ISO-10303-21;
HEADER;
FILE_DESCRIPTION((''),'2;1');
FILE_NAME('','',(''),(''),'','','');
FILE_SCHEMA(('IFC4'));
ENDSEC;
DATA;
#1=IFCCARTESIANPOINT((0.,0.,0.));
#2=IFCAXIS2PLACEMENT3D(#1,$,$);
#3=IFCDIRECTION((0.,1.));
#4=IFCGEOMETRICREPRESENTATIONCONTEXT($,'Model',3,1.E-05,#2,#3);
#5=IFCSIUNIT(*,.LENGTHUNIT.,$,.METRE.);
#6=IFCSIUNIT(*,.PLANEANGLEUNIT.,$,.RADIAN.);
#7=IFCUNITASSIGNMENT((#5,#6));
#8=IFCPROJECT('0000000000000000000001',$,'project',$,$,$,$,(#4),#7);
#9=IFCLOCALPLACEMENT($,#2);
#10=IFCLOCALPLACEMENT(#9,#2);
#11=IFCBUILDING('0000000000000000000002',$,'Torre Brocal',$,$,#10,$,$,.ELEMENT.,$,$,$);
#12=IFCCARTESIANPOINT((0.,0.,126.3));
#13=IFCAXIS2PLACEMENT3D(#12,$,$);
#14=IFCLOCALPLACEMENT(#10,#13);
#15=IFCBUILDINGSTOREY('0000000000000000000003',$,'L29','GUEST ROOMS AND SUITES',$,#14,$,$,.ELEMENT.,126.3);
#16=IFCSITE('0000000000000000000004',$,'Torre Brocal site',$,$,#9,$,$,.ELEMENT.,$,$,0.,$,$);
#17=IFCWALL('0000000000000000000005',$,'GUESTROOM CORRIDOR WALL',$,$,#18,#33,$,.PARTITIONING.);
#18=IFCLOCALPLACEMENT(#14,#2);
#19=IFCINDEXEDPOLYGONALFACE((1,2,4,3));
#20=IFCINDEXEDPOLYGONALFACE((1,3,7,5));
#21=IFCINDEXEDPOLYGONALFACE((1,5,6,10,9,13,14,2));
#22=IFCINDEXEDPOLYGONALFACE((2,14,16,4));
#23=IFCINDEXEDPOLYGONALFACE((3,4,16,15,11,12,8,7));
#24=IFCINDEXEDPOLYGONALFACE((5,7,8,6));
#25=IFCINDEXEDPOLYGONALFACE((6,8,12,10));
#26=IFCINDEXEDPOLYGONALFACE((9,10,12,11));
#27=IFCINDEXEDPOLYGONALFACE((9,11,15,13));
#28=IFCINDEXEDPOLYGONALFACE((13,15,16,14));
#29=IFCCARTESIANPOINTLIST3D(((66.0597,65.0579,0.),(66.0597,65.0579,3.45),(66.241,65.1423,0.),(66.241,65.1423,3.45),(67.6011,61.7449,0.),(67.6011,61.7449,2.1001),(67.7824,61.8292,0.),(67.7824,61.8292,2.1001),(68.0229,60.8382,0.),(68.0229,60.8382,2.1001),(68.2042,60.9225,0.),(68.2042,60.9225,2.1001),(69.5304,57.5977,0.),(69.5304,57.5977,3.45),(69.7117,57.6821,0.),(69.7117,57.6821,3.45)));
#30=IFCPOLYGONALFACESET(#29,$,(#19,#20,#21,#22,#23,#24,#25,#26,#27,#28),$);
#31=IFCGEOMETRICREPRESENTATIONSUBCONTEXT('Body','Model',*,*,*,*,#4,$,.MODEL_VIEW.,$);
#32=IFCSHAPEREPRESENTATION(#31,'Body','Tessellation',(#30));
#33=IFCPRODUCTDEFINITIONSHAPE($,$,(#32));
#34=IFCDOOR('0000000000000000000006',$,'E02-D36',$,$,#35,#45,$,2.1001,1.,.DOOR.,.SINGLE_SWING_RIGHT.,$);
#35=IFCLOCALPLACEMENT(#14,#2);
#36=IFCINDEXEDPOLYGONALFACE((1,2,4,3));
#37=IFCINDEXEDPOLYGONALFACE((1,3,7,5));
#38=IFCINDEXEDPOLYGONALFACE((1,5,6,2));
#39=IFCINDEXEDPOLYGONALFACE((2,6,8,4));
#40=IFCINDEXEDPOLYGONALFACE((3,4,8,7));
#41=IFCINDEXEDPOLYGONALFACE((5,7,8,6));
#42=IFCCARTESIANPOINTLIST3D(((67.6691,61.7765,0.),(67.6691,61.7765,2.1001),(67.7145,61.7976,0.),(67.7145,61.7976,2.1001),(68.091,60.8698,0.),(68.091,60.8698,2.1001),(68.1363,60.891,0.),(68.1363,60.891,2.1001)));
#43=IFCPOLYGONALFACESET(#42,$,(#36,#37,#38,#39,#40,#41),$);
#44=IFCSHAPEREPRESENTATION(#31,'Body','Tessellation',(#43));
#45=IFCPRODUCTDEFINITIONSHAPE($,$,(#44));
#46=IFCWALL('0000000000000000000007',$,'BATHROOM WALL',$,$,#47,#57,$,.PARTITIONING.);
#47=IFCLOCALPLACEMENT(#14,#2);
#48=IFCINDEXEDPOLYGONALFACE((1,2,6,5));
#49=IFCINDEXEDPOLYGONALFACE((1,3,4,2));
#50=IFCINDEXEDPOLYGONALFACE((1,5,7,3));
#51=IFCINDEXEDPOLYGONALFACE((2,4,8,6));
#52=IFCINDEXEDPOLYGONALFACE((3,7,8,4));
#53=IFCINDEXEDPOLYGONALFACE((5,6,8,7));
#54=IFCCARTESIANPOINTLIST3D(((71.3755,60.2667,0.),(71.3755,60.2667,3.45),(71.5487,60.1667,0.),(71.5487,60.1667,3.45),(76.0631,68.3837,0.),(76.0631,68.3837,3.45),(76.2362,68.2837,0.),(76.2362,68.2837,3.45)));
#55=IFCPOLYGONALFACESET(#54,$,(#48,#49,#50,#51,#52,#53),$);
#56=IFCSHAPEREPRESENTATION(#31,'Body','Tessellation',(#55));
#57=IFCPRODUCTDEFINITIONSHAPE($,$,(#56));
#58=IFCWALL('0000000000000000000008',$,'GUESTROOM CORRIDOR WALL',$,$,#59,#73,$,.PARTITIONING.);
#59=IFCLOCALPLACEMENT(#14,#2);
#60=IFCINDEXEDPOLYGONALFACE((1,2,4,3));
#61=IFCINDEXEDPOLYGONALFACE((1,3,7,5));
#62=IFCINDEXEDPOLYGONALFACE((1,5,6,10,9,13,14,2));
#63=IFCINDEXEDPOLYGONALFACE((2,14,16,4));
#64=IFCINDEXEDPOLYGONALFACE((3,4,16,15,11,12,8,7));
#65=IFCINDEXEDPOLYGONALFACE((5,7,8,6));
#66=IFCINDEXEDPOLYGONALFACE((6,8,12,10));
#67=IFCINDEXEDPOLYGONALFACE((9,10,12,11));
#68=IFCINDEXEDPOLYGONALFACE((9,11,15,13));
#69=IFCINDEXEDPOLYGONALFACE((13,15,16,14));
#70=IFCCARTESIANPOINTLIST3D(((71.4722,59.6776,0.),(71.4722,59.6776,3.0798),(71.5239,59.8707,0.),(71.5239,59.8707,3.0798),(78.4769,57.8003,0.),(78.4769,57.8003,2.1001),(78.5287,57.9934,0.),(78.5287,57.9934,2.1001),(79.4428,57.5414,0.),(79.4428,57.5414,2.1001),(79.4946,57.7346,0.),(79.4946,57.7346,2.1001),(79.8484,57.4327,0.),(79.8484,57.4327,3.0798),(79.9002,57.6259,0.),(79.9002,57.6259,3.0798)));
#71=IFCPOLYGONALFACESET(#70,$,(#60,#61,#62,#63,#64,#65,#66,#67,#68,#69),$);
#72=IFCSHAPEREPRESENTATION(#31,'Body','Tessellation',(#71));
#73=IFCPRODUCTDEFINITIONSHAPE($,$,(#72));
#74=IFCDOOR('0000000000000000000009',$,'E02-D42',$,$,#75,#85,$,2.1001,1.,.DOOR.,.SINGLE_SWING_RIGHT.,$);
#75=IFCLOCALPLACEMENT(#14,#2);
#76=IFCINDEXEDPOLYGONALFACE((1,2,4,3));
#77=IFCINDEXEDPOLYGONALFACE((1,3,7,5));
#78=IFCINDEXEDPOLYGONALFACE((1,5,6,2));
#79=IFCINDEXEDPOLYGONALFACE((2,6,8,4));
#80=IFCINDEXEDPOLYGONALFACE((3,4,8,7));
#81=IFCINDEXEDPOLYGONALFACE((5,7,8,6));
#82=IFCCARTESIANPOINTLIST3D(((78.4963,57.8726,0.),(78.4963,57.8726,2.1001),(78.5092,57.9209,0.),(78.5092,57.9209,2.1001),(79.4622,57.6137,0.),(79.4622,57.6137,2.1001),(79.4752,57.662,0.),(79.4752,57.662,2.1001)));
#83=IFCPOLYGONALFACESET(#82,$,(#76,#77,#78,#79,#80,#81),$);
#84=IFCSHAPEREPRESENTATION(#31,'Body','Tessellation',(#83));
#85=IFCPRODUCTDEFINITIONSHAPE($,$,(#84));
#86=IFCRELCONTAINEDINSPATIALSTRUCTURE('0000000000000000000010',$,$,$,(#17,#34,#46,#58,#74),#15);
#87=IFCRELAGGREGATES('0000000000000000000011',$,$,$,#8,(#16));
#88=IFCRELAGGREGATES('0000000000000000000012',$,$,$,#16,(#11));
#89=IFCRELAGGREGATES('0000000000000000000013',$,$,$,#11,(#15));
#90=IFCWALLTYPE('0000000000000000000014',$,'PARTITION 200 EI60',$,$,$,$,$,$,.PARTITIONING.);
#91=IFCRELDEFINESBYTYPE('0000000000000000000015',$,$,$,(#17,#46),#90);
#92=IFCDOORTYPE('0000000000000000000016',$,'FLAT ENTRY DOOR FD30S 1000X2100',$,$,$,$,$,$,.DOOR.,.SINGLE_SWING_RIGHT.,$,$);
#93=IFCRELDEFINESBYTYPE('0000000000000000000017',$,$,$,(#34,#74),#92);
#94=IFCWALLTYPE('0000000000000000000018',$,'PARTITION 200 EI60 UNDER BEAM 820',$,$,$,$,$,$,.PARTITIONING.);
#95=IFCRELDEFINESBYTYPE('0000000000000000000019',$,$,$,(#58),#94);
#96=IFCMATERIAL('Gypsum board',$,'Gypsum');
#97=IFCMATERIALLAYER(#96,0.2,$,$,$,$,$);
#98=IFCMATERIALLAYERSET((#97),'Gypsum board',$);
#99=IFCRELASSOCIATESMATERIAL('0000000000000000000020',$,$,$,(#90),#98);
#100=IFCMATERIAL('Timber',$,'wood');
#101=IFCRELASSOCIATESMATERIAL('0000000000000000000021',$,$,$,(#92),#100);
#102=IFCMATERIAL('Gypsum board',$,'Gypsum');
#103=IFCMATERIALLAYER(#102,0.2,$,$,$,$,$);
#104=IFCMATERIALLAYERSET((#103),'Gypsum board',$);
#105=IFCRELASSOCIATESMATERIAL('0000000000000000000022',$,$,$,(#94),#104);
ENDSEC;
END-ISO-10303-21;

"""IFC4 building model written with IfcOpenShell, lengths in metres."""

from ifc_helpers import new_model, si_unit, direction, frame, frame_2d, origin, place, context, subcontext, project, spatial, rectangle, extrude, material, layer, layer_set, type_object, element, fill, save


model = new_model("IFC4")

# Units and contexts
model_context = context("Model", 3, precision=1e-05, world=origin(), true_north=direction((0.0, 1.0)))
body_context = subcontext(model_context, "Body", "Model", "MODEL_VIEW")
ifc_project = project(units=[si_unit("LENGTHUNIT", "METRE"), si_unit("PLANEANGLEUNIT", "RADIAN")], contexts=[model_context])

# Site, building, storey
site_placement = place(None, origin())
site = spatial("IfcSite", under=ifc_project, at=site_placement, Name="Torre Brocal site", CompositionType="ELEMENT", RefElevation=0.0)
building_placement = place(site_placement, origin())
building = spatial("IfcBuilding", under=site, at=building_placement, Name="Torre Brocal", CompositionType="ELEMENT")
storey_placement = place(building_placement, frame((0.0, 0.0, 126.3)))
storey = spatial("IfcBuildingStorey", under=building, at=storey_placement, Name="L29", Description="GUEST ROOMS AND SUITES", CompositionType="ELEMENT", Elevation=126.3)

# Wall, opening, door
ifc_material_1 = material(Name="Gypsum board", Category="Gypsum")
ifc_layer_1 = layer(ifc_material_1, 0.2)
ifc_layer_set_1 = layer_set([ifc_layer_1], Name="Gypsum board")
wall_type_1 = type_object("IfcWallType", Name="PARTITION 200 EI60", PredefinedType="PARTITIONING", material=ifc_layer_set_1)
wall_1_placement = place(storey_placement, frame((66.1504, 65.1001, 0.0), z_axis=(0.0, 0.0, 1.0), x_axis=(0.421815, -0.906682, 0.0)))
wall_1 = element("IfcWall", 1, at=wall_1_placement, inside=storey, type_object=wall_type_1, Name="GUESTROOM CORRIDOR WALL", PredefinedType="PARTITIONING", context=body_context, shape_type="SweptSolid", body=[
    extrude(rectangle(XDim=8.228, YDim=0.2, at=frame_2d((4.114, 0.0))), origin(), (0.0, 0.0, 1.0), 3.45),
])
opening_1_placement = place(wall_1_placement, frame((3.6541, 0.0, 0.0)))
opening_1 = element("IfcOpeningElement", 2, at=opening_1_placement, cuts=wall_1, PredefinedType="OPENING", context=body_context, shape_type="SweptSolid", body=[
    extrude(rectangle(XDim=1.0, YDim=2.1001, at=frame_2d((0.5, 1.05))), frame((0.0, 0.1099, 0.0), z_axis=(0.0, -1.0, 0.0), x_axis=(1.0, 0.0, 0.0)), (0.0, 0.0, 1.0), 0.22),
])
ifc_material_2 = material(Name="Timber", Category="wood")
door_type_1 = type_object("IfcDoorType", Name="FLAT ENTRY DOOR FD30S 1000X2100", OperationType="SINGLE_SWING_RIGHT", PredefinedType="DOOR", material=ifc_material_2)
door_1_placement = place(opening_1_placement, frame((1.0, 0.0, 0.0), z_axis=(0.0, 0.0, 1.0), x_axis=(-1.0, 0.0, 0.0)))
door_1 = element("IfcDoor", 3, at=door_1_placement, inside=storey, type_object=door_type_1, Name="E02-D36", OperationType="SINGLE_SWING_RIGHT", OverallHeight=2.1001, OverallWidth=1.0, PredefinedType="DOOR", context=body_context, shape_type="SweptSolid", body=[
    extrude(rectangle(XDim=1.0, YDim=2.1001, at=frame_2d((0.5, 1.05))), frame((0.0, 0.0249, 0.0), z_axis=(0.0, -1.0, 0.0), x_axis=(1.0, 0.0, 0.0)), (0.0, 0.0, 1.0), 0.05),
])
fill(opening_1, door_1)

# Wall
wall_2_placement = place(storey_placement, frame((71.4622, 60.2168, 0.0), z_axis=(0.0, 0.0, 1.0), x_axis=(0.500094, 0.865971, 0.0)))
element("IfcWall", 4, at=wall_2_placement, inside=storey, type_object=wall_type_1, Name="BATHROOM WALL", PredefinedType="PARTITIONING", context=body_context, shape_type="SweptSolid", body=[
    extrude(rectangle(XDim=9.3733, YDim=0.2, at=frame_2d((4.6865, 0.0))), origin(), (0.0, 0.0, 1.0), 3.45),
])

# Wall, opening, door
ifc_material_3 = material(Name="Gypsum board", Category="Gypsum")
ifc_layer_2 = layer(ifc_material_3, 0.2)
ifc_layer_set_2 = layer_set([ifc_layer_2], Name="Gypsum board")
wall_type_2 = type_object("IfcWallType", Name="PARTITION 200 EI60 UNDER BEAM 820", PredefinedType="PARTITIONING", material=ifc_layer_set_2)
wall_3_placement = place(storey_placement, frame((71.498, 59.7742, 0.0), z_axis=(0.0, 0.0, 1.0), x_axis=(0.965912, -0.25887, 0.0)))
wall_3 = element("IfcWall", 5, at=wall_3_placement, inside=storey, type_object=wall_type_2, Name="GUESTROOM CORRIDOR WALL", PredefinedType="PARTITIONING", context=body_context, shape_type="SweptSolid", body=[
    extrude(rectangle(XDim=8.6719, YDim=0.2, at=frame_2d((4.3359, 0.0))), origin(), (0.0, 0.0, 1.0), 3.0798),
])
opening_2_placement = place(wall_3_placement, frame((7.252, 0.0, 0.0)))
opening_2 = element("IfcOpeningElement", 6, at=opening_2_placement, cuts=wall_3, PredefinedType="OPENING", context=body_context, shape_type="SweptSolid", body=[
    extrude(rectangle(XDim=1.0, YDim=2.1001, at=frame_2d((0.5, 1.05))), frame((0.0, 0.1099, 0.0), z_axis=(0.0, -1.0, 0.0), x_axis=(1.0, 0.0, 0.0)), (0.0, 0.0, 1.0), 0.22),
])
door_2_placement = place(opening_2_placement, origin())
door_2 = element("IfcDoor", 7, at=door_2_placement, inside=storey, type_object=door_type_1, Name="E02-D42", OperationType="SINGLE_SWING_RIGHT", OverallHeight=2.1001, OverallWidth=1.0, PredefinedType="DOOR", context=body_context, shape_type="SweptSolid", body=[
    extrude(rectangle(XDim=1.0, YDim=2.1001, at=frame_2d((0.5, 1.05))), frame((0.0, 0.0249, 0.0), z_axis=(0.0, -1.0, 0.0), x_axis=(1.0, 0.0, 0.0)), (0.0, 0.0, 1.0), 0.05),
])
fill(opening_2, door_2)

save(model, "model.ifc")
